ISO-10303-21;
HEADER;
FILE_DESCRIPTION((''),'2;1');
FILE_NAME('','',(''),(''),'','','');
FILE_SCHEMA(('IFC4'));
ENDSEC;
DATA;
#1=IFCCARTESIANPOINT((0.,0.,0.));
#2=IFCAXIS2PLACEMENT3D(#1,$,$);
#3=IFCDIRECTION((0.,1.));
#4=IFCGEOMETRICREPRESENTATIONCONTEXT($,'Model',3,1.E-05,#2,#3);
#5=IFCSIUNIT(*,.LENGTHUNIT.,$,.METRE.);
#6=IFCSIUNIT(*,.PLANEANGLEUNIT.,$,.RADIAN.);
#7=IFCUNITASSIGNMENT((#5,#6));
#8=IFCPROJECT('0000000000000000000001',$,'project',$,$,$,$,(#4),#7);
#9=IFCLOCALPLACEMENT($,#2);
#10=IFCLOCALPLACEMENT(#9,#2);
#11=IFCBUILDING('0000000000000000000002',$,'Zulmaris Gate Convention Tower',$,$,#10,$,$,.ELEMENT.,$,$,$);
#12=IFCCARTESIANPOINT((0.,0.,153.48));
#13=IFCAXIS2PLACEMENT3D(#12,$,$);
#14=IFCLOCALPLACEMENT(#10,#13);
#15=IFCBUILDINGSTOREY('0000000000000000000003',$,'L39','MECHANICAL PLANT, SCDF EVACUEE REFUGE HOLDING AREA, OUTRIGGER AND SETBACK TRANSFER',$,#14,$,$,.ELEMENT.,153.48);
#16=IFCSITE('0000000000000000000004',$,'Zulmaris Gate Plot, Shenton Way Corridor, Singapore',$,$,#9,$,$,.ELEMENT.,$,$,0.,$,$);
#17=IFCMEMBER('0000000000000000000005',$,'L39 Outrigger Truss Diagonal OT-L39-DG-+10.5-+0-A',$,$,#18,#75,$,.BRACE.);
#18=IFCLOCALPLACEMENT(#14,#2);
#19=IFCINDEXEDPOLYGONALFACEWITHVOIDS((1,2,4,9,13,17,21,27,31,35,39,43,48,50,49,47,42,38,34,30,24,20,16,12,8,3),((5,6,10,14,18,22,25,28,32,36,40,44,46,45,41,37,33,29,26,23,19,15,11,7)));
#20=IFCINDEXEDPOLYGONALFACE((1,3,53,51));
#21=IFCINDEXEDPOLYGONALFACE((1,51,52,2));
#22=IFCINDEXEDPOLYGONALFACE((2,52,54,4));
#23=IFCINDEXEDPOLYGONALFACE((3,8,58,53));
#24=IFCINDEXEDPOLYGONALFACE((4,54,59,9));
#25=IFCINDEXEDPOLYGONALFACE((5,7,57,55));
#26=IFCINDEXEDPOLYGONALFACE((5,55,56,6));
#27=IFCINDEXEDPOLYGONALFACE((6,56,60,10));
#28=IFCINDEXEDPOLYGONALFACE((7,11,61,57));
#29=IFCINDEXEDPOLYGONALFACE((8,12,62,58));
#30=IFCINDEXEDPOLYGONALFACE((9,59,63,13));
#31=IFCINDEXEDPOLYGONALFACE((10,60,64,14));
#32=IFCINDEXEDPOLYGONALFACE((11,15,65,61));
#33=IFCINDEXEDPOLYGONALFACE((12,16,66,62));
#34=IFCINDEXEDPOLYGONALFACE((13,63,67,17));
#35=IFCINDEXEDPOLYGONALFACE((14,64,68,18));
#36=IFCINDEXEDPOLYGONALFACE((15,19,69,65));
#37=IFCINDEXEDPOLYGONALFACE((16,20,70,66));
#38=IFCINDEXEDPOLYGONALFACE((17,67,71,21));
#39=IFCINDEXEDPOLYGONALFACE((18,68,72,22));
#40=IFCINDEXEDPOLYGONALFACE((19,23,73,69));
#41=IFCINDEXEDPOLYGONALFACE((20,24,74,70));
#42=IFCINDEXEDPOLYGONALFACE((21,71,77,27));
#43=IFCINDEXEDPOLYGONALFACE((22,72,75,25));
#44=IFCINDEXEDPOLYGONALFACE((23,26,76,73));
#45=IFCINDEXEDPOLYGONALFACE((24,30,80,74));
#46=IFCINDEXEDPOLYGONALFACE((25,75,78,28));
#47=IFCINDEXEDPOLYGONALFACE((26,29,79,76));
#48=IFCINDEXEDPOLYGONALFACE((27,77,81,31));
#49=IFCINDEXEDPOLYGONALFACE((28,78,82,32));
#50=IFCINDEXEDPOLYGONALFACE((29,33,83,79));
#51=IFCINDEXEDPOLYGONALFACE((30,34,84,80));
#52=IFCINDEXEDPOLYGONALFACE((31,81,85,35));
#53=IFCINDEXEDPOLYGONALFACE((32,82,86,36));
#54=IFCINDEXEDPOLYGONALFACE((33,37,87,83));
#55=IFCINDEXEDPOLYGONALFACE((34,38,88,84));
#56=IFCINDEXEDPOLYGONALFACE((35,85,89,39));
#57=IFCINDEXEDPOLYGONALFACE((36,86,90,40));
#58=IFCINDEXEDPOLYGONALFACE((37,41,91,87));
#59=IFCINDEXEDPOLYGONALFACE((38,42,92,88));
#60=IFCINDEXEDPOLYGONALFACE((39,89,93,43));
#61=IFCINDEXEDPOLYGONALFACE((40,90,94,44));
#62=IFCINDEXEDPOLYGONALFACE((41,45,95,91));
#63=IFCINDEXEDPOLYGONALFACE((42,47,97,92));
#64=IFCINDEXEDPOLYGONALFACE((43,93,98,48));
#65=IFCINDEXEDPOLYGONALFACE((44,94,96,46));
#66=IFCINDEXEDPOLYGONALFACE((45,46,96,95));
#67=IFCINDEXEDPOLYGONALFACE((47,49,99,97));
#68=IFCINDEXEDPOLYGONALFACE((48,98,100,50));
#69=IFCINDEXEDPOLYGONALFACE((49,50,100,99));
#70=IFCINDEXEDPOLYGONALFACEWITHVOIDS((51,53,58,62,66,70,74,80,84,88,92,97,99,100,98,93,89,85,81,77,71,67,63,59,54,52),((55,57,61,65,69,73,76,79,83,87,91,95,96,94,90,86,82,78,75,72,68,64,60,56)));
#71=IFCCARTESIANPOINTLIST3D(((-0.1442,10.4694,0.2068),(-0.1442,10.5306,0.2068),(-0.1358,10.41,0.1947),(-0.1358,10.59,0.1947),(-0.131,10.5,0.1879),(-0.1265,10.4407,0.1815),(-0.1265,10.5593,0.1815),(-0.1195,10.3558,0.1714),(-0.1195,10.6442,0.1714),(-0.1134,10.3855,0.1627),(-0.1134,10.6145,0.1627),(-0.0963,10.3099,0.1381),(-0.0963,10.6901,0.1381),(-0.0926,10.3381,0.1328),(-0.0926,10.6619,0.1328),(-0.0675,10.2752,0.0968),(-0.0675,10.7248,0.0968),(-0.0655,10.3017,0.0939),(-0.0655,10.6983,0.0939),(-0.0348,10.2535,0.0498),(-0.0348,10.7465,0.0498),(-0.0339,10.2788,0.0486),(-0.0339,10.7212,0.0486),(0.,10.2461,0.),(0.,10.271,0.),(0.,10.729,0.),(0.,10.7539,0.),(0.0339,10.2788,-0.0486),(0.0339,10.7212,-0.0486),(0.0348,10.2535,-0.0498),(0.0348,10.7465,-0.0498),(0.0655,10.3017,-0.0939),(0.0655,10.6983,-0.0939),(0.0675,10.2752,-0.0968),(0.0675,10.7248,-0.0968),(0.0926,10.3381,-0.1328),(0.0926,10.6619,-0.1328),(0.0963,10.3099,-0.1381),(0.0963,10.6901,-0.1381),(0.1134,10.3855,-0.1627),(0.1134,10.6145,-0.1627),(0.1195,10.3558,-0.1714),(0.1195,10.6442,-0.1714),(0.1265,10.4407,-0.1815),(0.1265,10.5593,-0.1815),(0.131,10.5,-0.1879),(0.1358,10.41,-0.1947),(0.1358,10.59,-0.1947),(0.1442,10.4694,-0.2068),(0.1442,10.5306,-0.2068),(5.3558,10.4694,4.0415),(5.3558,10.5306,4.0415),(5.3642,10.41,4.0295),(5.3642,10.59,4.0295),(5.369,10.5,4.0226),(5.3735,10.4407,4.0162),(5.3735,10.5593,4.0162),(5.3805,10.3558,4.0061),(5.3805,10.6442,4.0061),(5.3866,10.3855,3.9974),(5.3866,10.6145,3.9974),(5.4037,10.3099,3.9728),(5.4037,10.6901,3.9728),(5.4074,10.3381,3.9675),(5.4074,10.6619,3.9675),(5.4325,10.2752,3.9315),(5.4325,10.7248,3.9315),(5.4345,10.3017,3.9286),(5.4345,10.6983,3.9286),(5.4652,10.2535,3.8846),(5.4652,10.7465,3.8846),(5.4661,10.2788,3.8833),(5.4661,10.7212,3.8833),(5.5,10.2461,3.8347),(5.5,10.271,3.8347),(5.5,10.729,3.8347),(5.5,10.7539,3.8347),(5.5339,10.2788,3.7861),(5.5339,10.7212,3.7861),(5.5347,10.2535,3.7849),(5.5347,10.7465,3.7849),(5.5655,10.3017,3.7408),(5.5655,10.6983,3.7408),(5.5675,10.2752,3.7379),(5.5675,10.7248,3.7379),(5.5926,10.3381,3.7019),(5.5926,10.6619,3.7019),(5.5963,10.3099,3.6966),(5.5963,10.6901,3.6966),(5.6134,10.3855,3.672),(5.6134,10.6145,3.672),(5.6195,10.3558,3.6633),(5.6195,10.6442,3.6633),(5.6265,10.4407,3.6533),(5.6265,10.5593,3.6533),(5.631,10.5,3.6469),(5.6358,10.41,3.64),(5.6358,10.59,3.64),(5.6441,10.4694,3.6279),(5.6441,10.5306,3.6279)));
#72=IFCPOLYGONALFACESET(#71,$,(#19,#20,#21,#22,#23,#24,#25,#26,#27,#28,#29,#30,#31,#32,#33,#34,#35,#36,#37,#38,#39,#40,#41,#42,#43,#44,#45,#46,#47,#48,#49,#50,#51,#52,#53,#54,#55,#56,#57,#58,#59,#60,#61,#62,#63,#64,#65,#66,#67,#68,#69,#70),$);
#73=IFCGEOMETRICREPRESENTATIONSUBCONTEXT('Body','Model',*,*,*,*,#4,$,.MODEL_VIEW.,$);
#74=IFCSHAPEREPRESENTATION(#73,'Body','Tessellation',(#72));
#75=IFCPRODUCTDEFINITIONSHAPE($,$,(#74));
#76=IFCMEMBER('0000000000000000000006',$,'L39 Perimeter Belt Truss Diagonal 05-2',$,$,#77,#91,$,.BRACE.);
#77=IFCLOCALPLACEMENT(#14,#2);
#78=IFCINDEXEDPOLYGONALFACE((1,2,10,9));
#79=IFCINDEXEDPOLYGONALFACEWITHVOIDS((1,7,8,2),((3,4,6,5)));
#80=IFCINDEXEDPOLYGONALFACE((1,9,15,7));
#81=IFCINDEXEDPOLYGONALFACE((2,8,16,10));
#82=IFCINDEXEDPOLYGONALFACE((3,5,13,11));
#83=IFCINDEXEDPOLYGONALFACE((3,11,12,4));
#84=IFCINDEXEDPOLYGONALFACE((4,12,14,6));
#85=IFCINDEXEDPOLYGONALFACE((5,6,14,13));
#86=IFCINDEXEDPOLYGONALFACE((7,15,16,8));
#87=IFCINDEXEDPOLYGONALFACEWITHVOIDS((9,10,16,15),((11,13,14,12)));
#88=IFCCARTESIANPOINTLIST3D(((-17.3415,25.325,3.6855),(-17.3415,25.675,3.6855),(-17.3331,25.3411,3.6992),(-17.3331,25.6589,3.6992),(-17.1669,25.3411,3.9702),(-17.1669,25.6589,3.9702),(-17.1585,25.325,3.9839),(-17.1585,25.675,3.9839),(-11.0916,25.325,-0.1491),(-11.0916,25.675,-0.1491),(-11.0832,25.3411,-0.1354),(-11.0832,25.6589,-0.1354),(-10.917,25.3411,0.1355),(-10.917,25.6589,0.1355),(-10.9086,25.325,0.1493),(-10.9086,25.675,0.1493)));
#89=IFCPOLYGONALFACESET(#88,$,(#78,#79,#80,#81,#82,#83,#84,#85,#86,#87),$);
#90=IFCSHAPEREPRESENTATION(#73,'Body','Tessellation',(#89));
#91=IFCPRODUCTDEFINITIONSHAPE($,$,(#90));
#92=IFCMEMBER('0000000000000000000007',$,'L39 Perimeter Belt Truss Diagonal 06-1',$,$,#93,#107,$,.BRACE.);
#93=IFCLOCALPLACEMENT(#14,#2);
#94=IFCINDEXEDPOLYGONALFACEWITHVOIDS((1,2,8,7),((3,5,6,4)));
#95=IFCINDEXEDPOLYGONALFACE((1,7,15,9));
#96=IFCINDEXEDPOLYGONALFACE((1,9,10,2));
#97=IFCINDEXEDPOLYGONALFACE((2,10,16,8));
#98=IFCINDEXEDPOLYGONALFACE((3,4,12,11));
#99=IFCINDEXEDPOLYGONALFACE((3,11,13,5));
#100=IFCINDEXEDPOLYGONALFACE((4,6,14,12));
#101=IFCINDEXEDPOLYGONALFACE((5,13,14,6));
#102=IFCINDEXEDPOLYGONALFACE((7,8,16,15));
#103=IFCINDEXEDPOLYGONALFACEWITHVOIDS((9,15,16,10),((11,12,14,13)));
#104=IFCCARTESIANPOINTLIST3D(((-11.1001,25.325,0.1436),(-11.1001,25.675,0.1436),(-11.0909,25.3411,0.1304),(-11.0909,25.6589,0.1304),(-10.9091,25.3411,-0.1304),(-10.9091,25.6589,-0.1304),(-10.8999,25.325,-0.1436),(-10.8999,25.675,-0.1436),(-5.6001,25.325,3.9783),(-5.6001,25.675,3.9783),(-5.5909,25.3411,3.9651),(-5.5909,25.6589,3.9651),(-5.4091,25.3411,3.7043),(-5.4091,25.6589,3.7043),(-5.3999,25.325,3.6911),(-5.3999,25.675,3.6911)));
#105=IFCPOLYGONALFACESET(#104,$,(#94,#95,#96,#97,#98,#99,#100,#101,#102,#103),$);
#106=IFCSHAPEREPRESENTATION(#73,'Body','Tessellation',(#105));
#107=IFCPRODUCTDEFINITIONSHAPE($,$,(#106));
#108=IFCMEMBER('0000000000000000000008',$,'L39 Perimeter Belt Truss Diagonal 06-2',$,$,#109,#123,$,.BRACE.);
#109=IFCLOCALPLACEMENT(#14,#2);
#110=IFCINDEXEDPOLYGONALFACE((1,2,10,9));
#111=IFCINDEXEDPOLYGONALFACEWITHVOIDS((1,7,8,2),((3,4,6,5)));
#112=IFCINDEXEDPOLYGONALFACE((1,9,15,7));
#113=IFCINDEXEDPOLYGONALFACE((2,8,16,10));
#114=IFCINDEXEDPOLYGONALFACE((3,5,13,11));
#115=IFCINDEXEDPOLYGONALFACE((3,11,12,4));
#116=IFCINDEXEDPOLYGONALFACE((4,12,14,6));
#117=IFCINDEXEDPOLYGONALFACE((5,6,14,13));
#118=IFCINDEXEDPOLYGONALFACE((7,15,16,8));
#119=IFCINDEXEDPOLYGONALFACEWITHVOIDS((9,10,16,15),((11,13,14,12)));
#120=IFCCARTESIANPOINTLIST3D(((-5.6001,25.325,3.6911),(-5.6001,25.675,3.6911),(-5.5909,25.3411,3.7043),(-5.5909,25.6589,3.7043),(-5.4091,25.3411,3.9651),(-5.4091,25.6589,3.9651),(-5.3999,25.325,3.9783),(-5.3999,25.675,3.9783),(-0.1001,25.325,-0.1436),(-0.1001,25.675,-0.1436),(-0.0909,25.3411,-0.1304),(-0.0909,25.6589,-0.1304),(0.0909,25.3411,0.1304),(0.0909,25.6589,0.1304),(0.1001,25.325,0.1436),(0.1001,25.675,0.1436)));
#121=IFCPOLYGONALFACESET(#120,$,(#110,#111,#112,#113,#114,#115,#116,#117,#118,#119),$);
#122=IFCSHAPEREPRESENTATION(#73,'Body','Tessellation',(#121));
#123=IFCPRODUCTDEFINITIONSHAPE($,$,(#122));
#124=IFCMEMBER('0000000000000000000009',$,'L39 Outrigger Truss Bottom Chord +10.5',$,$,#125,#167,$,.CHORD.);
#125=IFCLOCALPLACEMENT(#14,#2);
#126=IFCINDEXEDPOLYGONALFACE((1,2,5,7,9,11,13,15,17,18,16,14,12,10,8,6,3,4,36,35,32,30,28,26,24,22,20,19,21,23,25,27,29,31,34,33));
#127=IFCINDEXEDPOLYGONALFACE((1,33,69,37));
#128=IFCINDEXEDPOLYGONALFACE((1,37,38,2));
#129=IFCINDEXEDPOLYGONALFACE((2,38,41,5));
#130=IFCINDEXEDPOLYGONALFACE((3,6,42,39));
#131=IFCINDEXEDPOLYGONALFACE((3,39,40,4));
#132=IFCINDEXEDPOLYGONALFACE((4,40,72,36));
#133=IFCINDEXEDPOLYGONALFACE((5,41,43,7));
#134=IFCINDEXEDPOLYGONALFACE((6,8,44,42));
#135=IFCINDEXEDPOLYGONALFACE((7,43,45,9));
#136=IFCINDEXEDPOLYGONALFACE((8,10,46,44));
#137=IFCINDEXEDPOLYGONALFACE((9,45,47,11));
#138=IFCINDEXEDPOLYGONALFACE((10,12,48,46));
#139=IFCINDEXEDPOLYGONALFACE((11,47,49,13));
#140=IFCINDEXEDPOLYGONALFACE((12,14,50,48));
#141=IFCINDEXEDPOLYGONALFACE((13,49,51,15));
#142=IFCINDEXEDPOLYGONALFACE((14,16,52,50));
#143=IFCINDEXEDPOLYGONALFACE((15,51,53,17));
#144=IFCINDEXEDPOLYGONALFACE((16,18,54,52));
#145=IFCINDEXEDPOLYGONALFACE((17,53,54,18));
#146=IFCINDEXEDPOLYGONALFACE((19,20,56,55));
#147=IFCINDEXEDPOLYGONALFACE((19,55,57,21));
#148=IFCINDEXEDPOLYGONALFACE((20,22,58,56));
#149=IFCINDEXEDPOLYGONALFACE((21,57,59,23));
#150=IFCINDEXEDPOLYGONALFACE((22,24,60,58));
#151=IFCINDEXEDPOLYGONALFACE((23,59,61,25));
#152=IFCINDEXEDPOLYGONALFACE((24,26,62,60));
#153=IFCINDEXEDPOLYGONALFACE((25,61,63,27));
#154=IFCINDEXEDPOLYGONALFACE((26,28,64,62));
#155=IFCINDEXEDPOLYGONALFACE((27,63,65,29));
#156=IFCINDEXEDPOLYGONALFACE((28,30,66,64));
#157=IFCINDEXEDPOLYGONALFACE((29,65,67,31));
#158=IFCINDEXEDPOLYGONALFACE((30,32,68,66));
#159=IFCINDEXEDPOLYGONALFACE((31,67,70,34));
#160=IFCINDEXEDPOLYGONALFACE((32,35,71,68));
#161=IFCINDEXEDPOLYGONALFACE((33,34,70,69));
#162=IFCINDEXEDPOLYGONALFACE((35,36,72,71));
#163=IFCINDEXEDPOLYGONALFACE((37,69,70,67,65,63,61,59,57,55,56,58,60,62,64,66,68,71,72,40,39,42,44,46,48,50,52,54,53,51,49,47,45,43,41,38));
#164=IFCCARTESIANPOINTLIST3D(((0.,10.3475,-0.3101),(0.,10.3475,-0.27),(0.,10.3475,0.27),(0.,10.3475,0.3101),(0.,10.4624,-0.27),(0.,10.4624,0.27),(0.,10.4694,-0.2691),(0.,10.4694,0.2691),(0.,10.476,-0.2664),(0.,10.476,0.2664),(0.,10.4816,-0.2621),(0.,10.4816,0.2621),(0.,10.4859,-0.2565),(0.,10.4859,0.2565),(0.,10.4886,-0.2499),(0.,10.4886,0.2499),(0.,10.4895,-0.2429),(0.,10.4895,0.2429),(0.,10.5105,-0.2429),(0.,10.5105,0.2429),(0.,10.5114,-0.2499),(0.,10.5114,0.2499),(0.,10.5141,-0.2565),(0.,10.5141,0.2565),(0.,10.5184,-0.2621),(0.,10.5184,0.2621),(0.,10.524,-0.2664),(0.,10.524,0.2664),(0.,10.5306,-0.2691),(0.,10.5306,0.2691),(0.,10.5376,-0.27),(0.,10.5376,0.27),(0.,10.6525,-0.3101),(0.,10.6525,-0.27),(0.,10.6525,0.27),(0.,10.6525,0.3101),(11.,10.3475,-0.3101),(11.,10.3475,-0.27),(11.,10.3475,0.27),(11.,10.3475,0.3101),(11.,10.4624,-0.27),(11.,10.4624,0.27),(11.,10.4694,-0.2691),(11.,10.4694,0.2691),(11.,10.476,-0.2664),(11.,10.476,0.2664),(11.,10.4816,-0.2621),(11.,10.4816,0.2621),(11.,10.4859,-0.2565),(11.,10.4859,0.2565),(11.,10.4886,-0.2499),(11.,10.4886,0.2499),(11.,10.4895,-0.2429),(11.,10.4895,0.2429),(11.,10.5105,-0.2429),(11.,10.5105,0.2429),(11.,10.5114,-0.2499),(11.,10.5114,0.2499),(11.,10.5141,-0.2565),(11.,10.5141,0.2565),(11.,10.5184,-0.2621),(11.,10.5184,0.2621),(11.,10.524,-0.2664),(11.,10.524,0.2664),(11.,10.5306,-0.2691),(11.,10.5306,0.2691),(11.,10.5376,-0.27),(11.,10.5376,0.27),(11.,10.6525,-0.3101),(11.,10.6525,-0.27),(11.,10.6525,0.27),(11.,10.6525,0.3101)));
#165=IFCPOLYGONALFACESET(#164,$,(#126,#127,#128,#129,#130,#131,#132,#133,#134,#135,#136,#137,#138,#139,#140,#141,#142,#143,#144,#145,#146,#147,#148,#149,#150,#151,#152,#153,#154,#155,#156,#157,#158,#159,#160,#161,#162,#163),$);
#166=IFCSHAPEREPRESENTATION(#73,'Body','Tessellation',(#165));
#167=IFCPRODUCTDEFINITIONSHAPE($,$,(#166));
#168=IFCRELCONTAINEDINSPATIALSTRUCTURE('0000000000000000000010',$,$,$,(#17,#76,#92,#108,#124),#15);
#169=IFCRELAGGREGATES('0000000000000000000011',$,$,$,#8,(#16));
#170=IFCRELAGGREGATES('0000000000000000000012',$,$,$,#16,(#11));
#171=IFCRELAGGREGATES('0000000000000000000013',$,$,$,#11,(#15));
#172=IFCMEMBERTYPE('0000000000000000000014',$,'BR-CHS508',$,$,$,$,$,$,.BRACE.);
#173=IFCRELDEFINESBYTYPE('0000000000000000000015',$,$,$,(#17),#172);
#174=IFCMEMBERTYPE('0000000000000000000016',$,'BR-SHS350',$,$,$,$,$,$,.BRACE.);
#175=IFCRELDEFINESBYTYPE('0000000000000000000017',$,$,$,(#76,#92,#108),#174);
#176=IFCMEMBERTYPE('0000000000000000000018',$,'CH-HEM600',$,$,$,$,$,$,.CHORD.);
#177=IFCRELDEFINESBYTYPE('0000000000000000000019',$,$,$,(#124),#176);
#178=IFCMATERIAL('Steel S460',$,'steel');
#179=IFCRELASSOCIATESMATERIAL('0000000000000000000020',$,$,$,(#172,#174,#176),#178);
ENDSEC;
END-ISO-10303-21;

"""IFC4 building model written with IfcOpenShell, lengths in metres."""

from ifc_helpers import new_model, si_unit, direction, frame, origin, origin_2d, place, context, subcontext, project, spatial, hollow_rectangle, hollow_circle, i_section, extrude, material, material_profile, profile_set, type_object, element, save


model = new_model("IFC4")

# Units and contexts
model_context = context("Model", 3, precision=1e-05, world=origin(), true_north=direction((0.0, 1.0)))
body_context = subcontext(model_context, "Body", "Model", "MODEL_VIEW")
ifc_project = project(units=[si_unit("LENGTHUNIT", "METRE"), si_unit("PLANEANGLEUNIT", "RADIAN")], contexts=[model_context])

# Site, building, storey
site_placement = place(None, origin())
site = spatial("IfcSite", under=ifc_project, at=site_placement, Name="Zulmaris Gate Plot, Shenton Way Corridor, Singapore", CompositionType="ELEMENT", RefElevation=0.0)
building_placement = place(site_placement, origin())
building = spatial("IfcBuilding", under=site, at=building_placement, Name="Zulmaris Gate Convention Tower", CompositionType="ELEMENT")
storey_placement = place(building_placement, frame((0.0, 0.0, 153.48)))
storey = spatial("IfcBuildingStorey", under=building, at=storey_placement, Name="L39", Description="MECHANICAL PLANT, SCDF EVACUEE REFUGE HOLDING AREA, OUTRIGGER AND SETBACK TRANSFER", CompositionType="ELEMENT", Elevation=153.48)

# Shared definitions
ifc_material_1 = material(Name="Steel S460", Category="steel")

# Members
ifc_material_profile_1 = material_profile(ifc_material_1, hollow_circle(Radius=0.2539, WallThickness=0.0249, at=origin_2d()), Name="CHS 508x25")
ifc_profile_set_1 = profile_set([ifc_material_profile_1], Name="Steel S460")
member_type_1 = type_object("IfcMemberType", Name="BR-CHS508", PredefinedType="BRACE", material=ifc_profile_set_1)
member_1_placement = place(storey_placement, frame((0.0, 10.5, 0.0), z_axis=(0.820301, 0.0, 0.571932), x_axis=(0.0, 1.0, 0.0)))
element("IfcMember", 1, at=member_1_placement, inside=storey, type_object=member_type_1, Name="L39 Outrigger Truss Diagonal OT-L39-DG-+10.5-+0-A", PredefinedType="BRACE", context=body_context, shape_type="SweptSolid", body=[
    extrude(hollow_circle(Radius=0.2539, WallThickness=0.0249, at=origin_2d()), origin(), (0.0, 0.0, 1.0), 6.7048),
])
ifc_material_profile_2 = material_profile(ifc_material_1, hollow_rectangle(XDim=0.3501, YDim=0.3501, WallThickness=0.0161, at=origin_2d()), Name="SHS 350x350x16")
ifc_profile_set_2 = profile_set([ifc_material_profile_2], Name="Steel S460")
member_type_2 = type_object("IfcMemberType", Name="BR-SHS350", PredefinedType="BRACE", material=ifc_profile_set_2)
member_2_placement = place(storey_placement, frame((-17.25, 25.5, 3.8347), z_axis=(0.852354, 0.0, -0.522966), x_axis=(0.0, 1.0, 0.0)))
element("IfcMember", 2, at=member_2_placement, inside=storey, type_object=member_type_2, Name="L39 Perimeter Belt Truss Diagonal 05-2", PredefinedType="BRACE", context=body_context, shape_type="SweptSolid", body=[
    extrude(hollow_rectangle(XDim=0.3501, YDim=0.3501, WallThickness=0.0161, at=origin_2d()), origin(), (0.0, 0.0, 1.0), 7.3325),
])
for number, where, z_axis, x_axis, name in (
    (3, (-11.0, 25.5, 0.0), (0.820301, 0.0, 0.571932), (0.0, 1.0, 0.0), "L39 Perimeter Belt Truss Diagonal 06-1"),
    (4, (-5.5, 25.5, 3.8347), (0.820301, 0.0, -0.571932), (0.0, 1.0, 0.0), "L39 Perimeter Belt Truss Diagonal 06-2"),
):
    element("IfcMember", number, at=place(storey_placement, frame(where, z_axis=z_axis, x_axis=x_axis)), inside=storey, type_object=member_type_2, Name=name, PredefinedType="BRACE", context=body_context, shape_type="SweptSolid", body=[
        extrude(hollow_rectangle(XDim=0.3501, YDim=0.3501, WallThickness=0.0161, at=origin_2d()), origin(), (0.0, 0.0, 1.0), 6.7048),
    ])
ifc_material_profile_3 = material_profile(ifc_material_1, i_section(OverallWidth=0.3049, OverallDepth=0.6201, WebThickness=0.021, FlangeThickness=0.04, FilletRadius=0.0271, at=origin_2d()), Name="HEM 600")
ifc_profile_set_3 = profile_set([ifc_material_profile_3], Name="Steel S460")
member_type_3 = type_object("IfcMemberType", Name="CH-HEM600", PredefinedType="CHORD", material=ifc_profile_set_3)
for number, where, z_axis, x_axis, name in (
    (5, (0.0, 10.5, 0.0), (1.0, 0.0, 0.0), (0.0, 1.0, 0.0), "L39 Outrigger Truss Bottom Chord +10.5"),
):
    element("IfcMember", number, at=place(storey_placement, frame(where, z_axis=z_axis, x_axis=x_axis)), inside=storey, type_object=member_type_3, Name=name, PredefinedType="CHORD", context=body_context, shape_type="SweptSolid", body=[
        extrude(i_section(OverallWidth=0.3049, OverallDepth=0.6201, WebThickness=0.021, FlangeThickness=0.04, FilletRadius=0.0271, at=origin_2d()), origin(), (0.0, 0.0, 1.0), 11.0),
    ])

save(model, "model.ifc")
